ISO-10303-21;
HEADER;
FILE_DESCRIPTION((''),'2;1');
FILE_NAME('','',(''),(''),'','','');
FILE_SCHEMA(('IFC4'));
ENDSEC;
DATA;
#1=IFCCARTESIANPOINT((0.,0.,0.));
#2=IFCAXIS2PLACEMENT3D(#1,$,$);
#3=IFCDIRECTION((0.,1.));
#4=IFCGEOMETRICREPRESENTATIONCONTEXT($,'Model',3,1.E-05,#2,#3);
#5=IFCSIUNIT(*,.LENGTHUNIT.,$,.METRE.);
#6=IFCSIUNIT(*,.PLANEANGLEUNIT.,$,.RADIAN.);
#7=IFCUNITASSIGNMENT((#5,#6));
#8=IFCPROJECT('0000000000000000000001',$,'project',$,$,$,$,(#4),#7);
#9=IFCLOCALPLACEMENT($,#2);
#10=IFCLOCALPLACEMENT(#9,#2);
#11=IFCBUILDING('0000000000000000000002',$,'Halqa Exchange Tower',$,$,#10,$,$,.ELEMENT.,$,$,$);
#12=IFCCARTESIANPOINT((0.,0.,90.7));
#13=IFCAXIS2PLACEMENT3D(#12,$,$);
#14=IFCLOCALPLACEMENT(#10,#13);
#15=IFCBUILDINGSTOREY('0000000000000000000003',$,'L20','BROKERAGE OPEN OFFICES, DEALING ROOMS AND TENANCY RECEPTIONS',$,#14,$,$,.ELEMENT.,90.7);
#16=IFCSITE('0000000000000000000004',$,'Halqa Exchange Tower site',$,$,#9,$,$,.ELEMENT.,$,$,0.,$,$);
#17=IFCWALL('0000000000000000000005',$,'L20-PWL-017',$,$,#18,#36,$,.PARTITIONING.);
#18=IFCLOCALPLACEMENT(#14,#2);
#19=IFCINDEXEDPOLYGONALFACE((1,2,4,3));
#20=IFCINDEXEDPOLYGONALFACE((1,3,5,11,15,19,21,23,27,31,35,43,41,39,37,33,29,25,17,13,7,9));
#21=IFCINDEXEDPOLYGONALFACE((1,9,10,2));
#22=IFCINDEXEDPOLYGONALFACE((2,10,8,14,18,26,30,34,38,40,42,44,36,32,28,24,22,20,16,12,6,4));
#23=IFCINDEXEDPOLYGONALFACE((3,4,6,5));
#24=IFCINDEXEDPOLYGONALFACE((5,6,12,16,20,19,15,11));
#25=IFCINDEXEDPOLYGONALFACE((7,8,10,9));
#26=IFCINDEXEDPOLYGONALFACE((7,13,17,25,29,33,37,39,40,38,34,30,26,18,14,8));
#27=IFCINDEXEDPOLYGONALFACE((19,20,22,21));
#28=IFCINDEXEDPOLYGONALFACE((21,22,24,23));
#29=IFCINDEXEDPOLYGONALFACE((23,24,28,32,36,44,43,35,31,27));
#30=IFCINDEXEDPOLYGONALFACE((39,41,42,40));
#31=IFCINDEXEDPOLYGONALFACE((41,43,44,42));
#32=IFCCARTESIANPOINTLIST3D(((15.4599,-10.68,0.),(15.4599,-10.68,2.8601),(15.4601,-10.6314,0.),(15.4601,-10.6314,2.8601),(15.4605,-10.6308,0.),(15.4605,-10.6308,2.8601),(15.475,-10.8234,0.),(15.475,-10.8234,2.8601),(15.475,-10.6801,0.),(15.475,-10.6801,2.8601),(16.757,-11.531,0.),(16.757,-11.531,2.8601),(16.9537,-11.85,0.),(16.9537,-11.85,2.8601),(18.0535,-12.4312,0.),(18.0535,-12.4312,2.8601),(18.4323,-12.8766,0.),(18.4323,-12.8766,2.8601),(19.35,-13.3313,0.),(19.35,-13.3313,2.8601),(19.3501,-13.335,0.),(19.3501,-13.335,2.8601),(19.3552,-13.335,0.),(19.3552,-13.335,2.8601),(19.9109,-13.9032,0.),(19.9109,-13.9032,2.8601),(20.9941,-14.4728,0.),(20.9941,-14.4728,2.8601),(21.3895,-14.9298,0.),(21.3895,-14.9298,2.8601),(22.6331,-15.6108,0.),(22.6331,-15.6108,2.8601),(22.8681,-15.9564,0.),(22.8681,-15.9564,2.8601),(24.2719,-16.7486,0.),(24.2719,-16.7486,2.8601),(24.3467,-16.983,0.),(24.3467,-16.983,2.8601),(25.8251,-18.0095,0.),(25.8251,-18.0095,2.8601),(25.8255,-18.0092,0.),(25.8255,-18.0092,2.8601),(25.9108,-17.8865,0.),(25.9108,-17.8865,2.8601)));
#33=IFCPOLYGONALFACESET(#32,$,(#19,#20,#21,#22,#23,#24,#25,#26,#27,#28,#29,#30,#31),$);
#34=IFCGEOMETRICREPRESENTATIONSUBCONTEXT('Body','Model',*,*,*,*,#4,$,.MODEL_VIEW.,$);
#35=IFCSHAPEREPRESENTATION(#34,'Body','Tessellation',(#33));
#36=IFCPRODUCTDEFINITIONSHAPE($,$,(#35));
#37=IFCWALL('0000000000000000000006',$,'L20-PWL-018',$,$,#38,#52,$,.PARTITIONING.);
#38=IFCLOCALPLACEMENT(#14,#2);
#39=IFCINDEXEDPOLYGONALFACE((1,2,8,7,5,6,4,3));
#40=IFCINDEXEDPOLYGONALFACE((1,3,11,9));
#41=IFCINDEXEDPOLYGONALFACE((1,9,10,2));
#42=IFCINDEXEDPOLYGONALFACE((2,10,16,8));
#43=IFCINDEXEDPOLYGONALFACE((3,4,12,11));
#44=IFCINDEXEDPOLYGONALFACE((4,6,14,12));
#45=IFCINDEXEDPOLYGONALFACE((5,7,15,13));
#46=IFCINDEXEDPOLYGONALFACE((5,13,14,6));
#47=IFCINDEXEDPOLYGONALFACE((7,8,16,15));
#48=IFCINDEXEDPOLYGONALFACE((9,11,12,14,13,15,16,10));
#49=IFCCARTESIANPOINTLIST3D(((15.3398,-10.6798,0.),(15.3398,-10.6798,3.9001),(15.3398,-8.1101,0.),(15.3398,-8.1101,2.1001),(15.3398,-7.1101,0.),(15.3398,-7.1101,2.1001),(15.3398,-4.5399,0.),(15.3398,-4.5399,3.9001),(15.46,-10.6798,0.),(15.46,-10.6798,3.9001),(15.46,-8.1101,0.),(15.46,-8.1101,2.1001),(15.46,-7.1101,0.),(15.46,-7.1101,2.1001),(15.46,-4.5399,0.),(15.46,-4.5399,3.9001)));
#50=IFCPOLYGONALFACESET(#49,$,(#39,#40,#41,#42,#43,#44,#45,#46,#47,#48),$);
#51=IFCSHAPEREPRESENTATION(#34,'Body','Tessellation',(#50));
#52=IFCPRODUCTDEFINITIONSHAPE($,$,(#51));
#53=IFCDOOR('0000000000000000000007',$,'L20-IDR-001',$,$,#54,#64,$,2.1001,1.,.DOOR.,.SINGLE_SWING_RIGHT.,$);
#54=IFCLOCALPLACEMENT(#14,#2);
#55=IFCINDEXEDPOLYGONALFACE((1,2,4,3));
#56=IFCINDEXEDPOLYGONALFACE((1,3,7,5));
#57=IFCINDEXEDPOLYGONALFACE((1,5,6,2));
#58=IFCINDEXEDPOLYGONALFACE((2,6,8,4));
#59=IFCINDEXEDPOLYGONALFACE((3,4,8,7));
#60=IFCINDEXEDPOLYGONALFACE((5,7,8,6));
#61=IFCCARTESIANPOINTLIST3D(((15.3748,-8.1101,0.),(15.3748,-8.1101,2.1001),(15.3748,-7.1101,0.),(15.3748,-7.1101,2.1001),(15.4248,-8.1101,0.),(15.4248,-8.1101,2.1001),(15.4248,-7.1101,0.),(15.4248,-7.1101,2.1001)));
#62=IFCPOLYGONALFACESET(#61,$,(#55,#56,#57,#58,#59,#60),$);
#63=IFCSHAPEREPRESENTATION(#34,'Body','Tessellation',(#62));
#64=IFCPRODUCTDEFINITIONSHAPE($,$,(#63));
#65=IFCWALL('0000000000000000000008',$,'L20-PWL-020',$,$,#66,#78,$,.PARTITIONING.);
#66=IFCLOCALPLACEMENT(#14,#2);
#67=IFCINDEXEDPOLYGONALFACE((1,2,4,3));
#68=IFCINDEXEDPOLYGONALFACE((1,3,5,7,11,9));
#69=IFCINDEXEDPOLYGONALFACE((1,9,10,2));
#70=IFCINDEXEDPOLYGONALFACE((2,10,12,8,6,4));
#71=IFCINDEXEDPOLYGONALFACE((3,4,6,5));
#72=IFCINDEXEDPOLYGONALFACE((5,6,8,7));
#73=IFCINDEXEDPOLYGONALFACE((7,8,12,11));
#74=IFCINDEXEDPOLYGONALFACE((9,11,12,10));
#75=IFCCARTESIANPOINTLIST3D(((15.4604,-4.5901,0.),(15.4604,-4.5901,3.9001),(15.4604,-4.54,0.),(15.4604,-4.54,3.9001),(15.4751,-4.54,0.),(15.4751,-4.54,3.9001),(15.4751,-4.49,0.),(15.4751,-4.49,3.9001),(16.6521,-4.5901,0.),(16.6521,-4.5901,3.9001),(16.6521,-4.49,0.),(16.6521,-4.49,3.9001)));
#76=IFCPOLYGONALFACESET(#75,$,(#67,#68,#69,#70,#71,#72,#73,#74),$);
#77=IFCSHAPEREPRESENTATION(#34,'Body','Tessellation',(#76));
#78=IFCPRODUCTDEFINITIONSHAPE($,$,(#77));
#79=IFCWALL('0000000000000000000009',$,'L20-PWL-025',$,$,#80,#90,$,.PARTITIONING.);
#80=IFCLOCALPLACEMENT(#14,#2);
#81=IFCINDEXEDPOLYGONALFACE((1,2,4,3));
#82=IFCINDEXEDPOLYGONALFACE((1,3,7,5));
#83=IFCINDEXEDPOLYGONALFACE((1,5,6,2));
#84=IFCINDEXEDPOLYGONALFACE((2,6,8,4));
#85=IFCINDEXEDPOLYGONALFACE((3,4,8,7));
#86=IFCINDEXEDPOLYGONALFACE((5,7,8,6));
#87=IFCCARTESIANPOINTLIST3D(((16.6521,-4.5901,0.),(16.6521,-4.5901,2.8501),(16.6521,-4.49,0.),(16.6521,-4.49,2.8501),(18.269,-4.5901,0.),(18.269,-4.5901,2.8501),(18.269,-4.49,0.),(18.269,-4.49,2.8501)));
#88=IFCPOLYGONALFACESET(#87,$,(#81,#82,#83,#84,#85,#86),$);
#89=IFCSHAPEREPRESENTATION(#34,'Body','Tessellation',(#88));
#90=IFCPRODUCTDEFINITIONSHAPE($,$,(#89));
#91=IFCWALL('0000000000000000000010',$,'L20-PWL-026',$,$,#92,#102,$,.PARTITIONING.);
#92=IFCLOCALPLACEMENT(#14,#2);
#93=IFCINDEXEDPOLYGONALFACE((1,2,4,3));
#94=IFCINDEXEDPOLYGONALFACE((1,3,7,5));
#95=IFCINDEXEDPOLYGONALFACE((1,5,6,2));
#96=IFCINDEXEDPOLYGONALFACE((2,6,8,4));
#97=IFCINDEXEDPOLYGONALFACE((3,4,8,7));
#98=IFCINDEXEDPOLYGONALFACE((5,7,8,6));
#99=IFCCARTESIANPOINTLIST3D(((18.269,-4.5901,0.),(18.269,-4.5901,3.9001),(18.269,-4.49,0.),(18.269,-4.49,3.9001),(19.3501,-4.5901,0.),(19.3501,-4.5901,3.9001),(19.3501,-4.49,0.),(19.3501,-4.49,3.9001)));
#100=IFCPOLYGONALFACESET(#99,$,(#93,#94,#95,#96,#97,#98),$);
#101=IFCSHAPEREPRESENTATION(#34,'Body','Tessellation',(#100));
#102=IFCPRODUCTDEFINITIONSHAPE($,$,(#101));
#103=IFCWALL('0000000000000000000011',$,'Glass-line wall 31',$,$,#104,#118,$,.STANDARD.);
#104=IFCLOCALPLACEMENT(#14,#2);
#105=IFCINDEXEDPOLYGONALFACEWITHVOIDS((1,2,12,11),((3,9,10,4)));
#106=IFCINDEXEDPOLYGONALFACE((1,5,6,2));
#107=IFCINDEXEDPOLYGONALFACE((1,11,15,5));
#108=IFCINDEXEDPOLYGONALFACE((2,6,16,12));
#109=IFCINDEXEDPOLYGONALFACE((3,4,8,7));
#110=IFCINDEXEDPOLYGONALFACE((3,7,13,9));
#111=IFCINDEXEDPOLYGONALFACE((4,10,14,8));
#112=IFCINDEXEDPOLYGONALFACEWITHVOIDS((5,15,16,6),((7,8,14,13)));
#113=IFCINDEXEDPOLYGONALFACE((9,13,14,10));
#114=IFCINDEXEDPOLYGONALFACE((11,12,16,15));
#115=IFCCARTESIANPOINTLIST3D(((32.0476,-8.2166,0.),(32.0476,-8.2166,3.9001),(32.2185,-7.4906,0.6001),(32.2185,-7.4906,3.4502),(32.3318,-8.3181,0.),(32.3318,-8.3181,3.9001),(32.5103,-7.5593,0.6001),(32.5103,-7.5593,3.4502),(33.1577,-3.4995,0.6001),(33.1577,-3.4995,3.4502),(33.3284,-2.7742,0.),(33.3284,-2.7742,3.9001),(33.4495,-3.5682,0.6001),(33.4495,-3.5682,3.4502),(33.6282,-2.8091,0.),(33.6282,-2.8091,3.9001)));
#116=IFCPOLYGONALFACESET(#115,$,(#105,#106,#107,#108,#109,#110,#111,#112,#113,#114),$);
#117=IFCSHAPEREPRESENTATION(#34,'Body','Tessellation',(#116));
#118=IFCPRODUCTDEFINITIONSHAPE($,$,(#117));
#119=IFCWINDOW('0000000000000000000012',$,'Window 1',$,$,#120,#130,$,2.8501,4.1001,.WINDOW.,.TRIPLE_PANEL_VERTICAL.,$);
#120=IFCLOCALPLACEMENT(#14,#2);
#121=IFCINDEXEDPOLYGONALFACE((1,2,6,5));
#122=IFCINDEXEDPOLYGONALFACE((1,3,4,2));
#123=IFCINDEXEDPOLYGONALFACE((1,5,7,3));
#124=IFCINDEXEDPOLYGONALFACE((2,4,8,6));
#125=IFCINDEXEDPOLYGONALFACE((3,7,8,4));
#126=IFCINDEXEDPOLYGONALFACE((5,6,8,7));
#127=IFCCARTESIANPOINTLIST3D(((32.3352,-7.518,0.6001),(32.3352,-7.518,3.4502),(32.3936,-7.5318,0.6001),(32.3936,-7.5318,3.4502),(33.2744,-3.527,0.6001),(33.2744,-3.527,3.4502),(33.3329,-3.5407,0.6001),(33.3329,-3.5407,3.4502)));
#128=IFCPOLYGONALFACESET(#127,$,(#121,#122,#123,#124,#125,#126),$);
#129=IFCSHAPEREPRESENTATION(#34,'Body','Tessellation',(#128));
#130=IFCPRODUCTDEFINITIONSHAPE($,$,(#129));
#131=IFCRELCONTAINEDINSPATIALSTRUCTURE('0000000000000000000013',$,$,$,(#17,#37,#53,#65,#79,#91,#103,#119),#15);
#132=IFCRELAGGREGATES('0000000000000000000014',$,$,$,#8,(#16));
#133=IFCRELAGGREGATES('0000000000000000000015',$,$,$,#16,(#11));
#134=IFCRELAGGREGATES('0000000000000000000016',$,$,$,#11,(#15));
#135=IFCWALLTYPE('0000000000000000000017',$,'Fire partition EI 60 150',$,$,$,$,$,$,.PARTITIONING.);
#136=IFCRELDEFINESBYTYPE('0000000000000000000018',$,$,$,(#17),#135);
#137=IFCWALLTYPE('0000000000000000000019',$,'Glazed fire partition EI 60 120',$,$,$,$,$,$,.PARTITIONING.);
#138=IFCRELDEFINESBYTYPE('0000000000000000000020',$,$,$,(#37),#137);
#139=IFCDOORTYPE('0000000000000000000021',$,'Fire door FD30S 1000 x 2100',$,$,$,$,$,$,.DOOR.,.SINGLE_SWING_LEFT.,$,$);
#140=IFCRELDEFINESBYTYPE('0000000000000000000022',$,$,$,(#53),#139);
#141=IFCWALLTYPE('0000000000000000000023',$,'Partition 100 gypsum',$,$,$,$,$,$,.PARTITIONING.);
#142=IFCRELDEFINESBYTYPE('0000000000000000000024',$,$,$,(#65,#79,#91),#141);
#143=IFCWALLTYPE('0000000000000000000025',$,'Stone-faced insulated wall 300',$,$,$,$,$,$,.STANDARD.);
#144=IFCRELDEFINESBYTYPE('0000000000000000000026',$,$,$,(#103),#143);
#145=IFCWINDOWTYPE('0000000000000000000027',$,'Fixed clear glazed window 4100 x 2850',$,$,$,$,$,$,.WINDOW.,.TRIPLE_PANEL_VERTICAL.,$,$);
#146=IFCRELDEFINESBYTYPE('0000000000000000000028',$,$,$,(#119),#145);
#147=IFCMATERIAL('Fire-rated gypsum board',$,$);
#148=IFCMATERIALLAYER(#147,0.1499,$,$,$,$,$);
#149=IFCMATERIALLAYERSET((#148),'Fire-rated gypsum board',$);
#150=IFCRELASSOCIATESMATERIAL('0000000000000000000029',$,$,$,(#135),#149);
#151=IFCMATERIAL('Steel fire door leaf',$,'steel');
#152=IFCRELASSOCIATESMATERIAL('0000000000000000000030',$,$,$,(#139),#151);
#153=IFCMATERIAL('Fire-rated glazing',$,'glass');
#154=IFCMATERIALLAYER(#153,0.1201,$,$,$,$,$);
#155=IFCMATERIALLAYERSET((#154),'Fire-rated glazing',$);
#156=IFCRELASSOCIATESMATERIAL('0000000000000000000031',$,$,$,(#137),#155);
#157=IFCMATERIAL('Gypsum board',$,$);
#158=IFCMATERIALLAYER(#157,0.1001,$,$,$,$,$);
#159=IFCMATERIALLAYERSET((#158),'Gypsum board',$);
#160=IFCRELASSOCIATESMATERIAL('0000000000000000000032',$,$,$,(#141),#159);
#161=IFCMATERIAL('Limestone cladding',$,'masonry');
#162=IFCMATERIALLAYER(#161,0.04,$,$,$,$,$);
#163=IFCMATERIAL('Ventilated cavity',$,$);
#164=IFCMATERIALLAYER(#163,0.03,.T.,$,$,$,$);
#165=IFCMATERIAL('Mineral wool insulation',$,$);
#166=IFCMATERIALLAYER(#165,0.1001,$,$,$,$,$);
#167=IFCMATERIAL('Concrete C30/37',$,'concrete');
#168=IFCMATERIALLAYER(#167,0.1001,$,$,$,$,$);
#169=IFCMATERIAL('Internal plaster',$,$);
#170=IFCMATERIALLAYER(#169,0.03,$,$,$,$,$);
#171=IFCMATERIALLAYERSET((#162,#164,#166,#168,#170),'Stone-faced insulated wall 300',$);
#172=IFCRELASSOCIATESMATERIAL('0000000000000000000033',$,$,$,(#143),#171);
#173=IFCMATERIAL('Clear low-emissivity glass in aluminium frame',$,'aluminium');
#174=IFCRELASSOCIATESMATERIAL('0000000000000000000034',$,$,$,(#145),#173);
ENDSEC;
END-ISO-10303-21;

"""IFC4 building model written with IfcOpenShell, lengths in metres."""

from ifc_helpers import new_model, si_unit, direction, frame, frame_2d, origin, place, context, subcontext, project, spatial, polyline, rectangle, outline, extrude, material, layer, layer_set, type_object, element, fill, save


model = new_model("IFC4")

# Units and contexts
model_context = context("Model", 3, precision=1e-05, world=origin(), true_north=direction((0.0, 1.0)))
body_context = subcontext(model_context, "Body", "Model", "MODEL_VIEW")
ifc_project = project(units=[si_unit("LENGTHUNIT", "METRE"), si_unit("PLANEANGLEUNIT", "RADIAN")], contexts=[model_context])

# Site, building, storey
site_placement = place(None, origin())
site = spatial("IfcSite", under=ifc_project, at=site_placement, Name="Halqa Exchange Tower site", CompositionType="ELEMENT", RefElevation=0.0)
building_placement = place(site_placement, origin())
building = spatial("IfcBuilding", under=site, at=building_placement, Name="Halqa Exchange Tower", CompositionType="ELEMENT")
storey_placement = place(building_placement, frame((0.0, 0.0, 90.7)))
storey = spatial("IfcBuildingStorey", under=building, at=storey_placement, Name="L20", Description="BROKERAGE OPEN OFFICES, DEALING ROOMS AND TENANCY RECEPTIONS", CompositionType="ELEMENT", Elevation=90.7)

# Wall
ifc_material_1 = material(Name="Fire-rated gypsum board")
ifc_layer_1 = layer(ifc_material_1, 0.1499)
ifc_layer_set_1 = layer_set([ifc_layer_1], Name="Fire-rated gypsum board")
wall_type_1 = type_object("IfcWallType", Name="Fire partition EI 60 150", PredefinedType="PARTITIONING", material=ifc_layer_set_1)
wall_1_placement = place(storey_placement, frame((15.4177, -10.6924, 0.0), z_axis=(0.0, 0.0, 1.0), x_axis=(0.821424, -0.570318, 0.0)))
element("IfcWall", 1, at=wall_1_placement, inside=storey, type_object=wall_type_1, Name="L20-PWL-017", PredefinedType="PARTITIONING", context=body_context, shape_type="SweptSolid", body=[
    extrude(outline(polyline([(0.1218, -0.075), (1.9219, -0.075), (3.7219, -0.075), (5.522, -0.075), (7.322, -0.075), (9.1221, -0.075), (10.9221, -0.075), (12.7219, -0.075), (12.7222, -0.0745), (12.7222, 0.075), (10.7271, 0.075), (8.7319, 0.075), (6.7366, 0.075), (4.7415, 0.075), (4.7373, 0.072), (4.7351, 0.075), (3.1567, 0.075), (1.5784, 0.075), (0.0, 0.075), (0.0, 0.0742), (0.0276, 0.0342), (0.04, 0.0427), (0.1218, -0.075)])), origin(), (0.0, 0.0, 1.0), 2.8601),
])

# Shared definitions
ifc_material_2 = material(Name="Steel fire door leaf", Category="steel")
door_type_1 = type_object("IfcDoorType", Name="Fire door FD30S 1000 x 2100", OperationType="SINGLE_SWING_LEFT", PredefinedType="DOOR", material=ifc_material_2)

# Wall, opening, door
ifc_material_3 = material(Name="Fire-rated glazing", Category="glass")
ifc_layer_2 = layer(ifc_material_3, 0.1201)
ifc_layer_set_2 = layer_set([ifc_layer_2], Name="Fire-rated glazing")
wall_type_2 = type_object("IfcWallType", Name="Glazed fire partition EI 60 120", PredefinedType="PARTITIONING", material=ifc_layer_set_2)
wall_2_placement = place(storey_placement, frame((15.3999, -4.54, 0.0), z_axis=(0.0, 0.0, 1.0), x_axis=(0.0, -1.0, 0.0)))
wall_2 = element("IfcWall", 2, at=wall_2_placement, inside=storey, type_object=wall_type_2, Name="L20-PWL-018", PredefinedType="PARTITIONING", context=body_context, shape_type="SweptSolid", body=[
    extrude(rectangle(XDim=6.1399, YDim=0.1201, at=frame_2d((3.0698, 0.0))), origin(), (0.0, 0.0, 1.0), 3.9001),
])
opening_1_placement = place(wall_2_placement, frame((2.5701, 0.0, 0.0)))
opening_1 = element("IfcOpeningElement", 3, at=opening_1_placement, cuts=wall_2, PredefinedType="OPENING", context=body_context, shape_type="SweptSolid", body=[
    extrude(rectangle(XDim=1.0, YDim=2.1001, at=frame_2d((0.5, 1.05))), frame((0.0, 0.072, 0.0), z_axis=(0.0, -1.0, 0.0), x_axis=(1.0, 0.0, 0.0)), (0.0, 0.0, 1.0), 0.144),
])
door_1_placement = place(opening_1_placement, origin())
door_1 = element("IfcDoor", 4, at=door_1_placement, inside=storey, type_object=door_type_1, Name="L20-IDR-001", OperationType="SINGLE_SWING_RIGHT", OverallHeight=2.1001, OverallWidth=1.0, PredefinedType="DOOR", context=body_context, shape_type="SweptSolid", body=[
    extrude(rectangle(XDim=1.0, YDim=2.1001, at=frame_2d((0.5, 1.05))), frame((0.0, 0.0249, 0.0), z_axis=(0.0, -1.0, 0.0), x_axis=(1.0, 0.0, 0.0)), (0.0, 0.0, 1.0), 0.05),
])
fill(opening_1, door_1)

# Walls
ifc_material_4 = material(Name="Gypsum board")
ifc_layer_3 = layer(ifc_material_4, 0.1001)
ifc_layer_set_3 = layer_set([ifc_layer_3], Name="Gypsum board")
wall_type_3 = type_object("IfcWallType", Name="Partition 100 gypsum", PredefinedType="PARTITIONING", material=ifc_layer_set_3)
wall_3_placement = place(storey_placement, frame((15.4604, -4.54, 0.0), z_axis=(0.0, 0.0, 1.0), x_axis=(1.0, 0.0, 0.0)))
element("IfcWall", 5, at=wall_3_placement, inside=storey, type_object=wall_type_3, Name="L20-PWL-020", PredefinedType="PARTITIONING", context=body_context, shape_type="SweptSolid", body=[
    extrude(outline(polyline([(1.1917, 0.05), (0.0146, 0.05), (0.0146, 0.0), (0.0, 0.0), (0.0, -0.05), (1.1917, -0.05), (1.1917, 0.05)])), origin(), (0.0, 0.0, 1.0), 3.9001),
])
wall_4_placement = place(storey_placement, frame((16.6521, -4.54, 0.0), z_axis=(0.0, 0.0, 1.0), x_axis=(1.0, 0.0, 0.0)))
element("IfcWall", 6, at=wall_4_placement, inside=storey, type_object=wall_type_3, Name="L20-PWL-025", PredefinedType="PARTITIONING", context=body_context, shape_type="SweptSolid", body=[
    extrude(outline(polyline([(0.0, 0.05), (0.0, -0.05), (1.6169, -0.05), (1.6169, 0.05), (0.0, 0.05)])), origin(), (0.0, 0.0, 1.0), 2.8501),
])
wall_5_placement = place(storey_placement, frame((18.269, -4.54, 0.0), z_axis=(0.0, 0.0, 1.0), x_axis=(1.0, 0.0, 0.0)))
element("IfcWall", 7, at=wall_5_placement, inside=storey, type_object=wall_type_3, Name="L20-PWL-026", PredefinedType="PARTITIONING", context=body_context, shape_type="SweptSolid", body=[
    extrude(outline(polyline([(0.0, -0.05), (1.0811, -0.05), (1.0811, 0.05), (0.0, 0.05), (0.0, -0.05)])), origin(), (0.0, 0.0, 1.0), 3.9001),
])

# Wall, opening, window
ifc_material_5 = material(Name="Limestone cladding", Category="masonry")
ifc_layer_4 = layer(ifc_material_5, 0.04)
ifc_material_6 = material(Name="Ventilated cavity")
ifc_layer_5 = layer(ifc_material_6, 0.03, ventilated=True)
ifc_material_7 = material(Name="Mineral wool insulation")
ifc_layer_6 = layer(ifc_material_7, 0.1001)
ifc_material_8 = material(Name="Concrete C30/37", Category="concrete")
ifc_layer_7 = layer(ifc_material_8, 0.1001)
ifc_material_9 = material(Name="Internal plaster")
ifc_layer_8 = layer(ifc_material_9, 0.03)
ifc_layer_set_4 = layer_set([ifc_layer_4, ifc_layer_5, ifc_layer_6, ifc_layer_7, ifc_layer_8], Name="Stone-faced insulated wall 300")
wall_type_4 = type_object("IfcWallType", Name="Stone-faced insulated wall 300", PredefinedType="STANDARD", material=ifc_layer_set_4)
wall_6_placement = place(storey_placement, frame((32.1897, -8.2673, 0.0), z_axis=(0.0, 0.0, 1.0), x_axis=(0.229073, 0.973409, 0.0)))
wall_6 = element("IfcWall", 8, at=wall_6_placement, inside=storey, type_object=wall_type_4, Name="Glass-line wall 31", PredefinedType="STANDARD", context=body_context, shape_type="SweptSolid", body=[
    extrude(outline(polyline([(-0.0168, -0.1499), (5.6426, -0.1499), (5.6079, 0.1499), (0.0168, 0.1499), (-0.0168, -0.1499)])), origin(), (0.0, 0.0, 1.0), 3.9001),
])
opening_2_placement = place(wall_6_placement, frame((0.7627, 0.0, 0.6001)))
opening_2 = element("IfcOpeningElement", 9, at=opening_2_placement, cuts=wall_6, PredefinedType="OPENING", context=body_context, shape_type="SweptSolid", body=[
    extrude(rectangle(XDim=4.1001, YDim=2.8501, at=frame_2d((2.05, 1.425))), frame((0.0, 0.1621, 0.0), z_axis=(0.0, -1.0, 0.0), x_axis=(1.0, 0.0, 0.0)), (0.0, 0.0, 1.0), 0.324),
])
ifc_material_10 = material(Name="Clear low-emissivity glass in aluminium frame", Category="aluminium")
window_type = type_object("IfcWindowType", Name="Fixed clear glazed window 4100 x 2850", PartitioningType="TRIPLE_PANEL_VERTICAL", PredefinedType="WINDOW", material=ifc_material_10)
window_placement = place(opening_2_placement, origin())
window = element("IfcWindow", 10, at=window_placement, inside=storey, type_object=window_type, Name="Window 1", OverallHeight=2.8501, OverallWidth=4.1001, PartitioningType="TRIPLE_PANEL_VERTICAL", PredefinedType="WINDOW", context=body_context, shape_type="SweptSolid", body=[
    extrude(rectangle(XDim=4.1001, YDim=2.8501, at=frame_2d((2.05, 1.425))), frame((0.0, 0.03, 0.0), z_axis=(0.0, -1.0, 0.0), x_axis=(1.0, 0.0, 0.0)), (0.0, 0.0, 1.0), 0.0601),
])
fill(opening_2, window)

save(model, "model.ifc")
